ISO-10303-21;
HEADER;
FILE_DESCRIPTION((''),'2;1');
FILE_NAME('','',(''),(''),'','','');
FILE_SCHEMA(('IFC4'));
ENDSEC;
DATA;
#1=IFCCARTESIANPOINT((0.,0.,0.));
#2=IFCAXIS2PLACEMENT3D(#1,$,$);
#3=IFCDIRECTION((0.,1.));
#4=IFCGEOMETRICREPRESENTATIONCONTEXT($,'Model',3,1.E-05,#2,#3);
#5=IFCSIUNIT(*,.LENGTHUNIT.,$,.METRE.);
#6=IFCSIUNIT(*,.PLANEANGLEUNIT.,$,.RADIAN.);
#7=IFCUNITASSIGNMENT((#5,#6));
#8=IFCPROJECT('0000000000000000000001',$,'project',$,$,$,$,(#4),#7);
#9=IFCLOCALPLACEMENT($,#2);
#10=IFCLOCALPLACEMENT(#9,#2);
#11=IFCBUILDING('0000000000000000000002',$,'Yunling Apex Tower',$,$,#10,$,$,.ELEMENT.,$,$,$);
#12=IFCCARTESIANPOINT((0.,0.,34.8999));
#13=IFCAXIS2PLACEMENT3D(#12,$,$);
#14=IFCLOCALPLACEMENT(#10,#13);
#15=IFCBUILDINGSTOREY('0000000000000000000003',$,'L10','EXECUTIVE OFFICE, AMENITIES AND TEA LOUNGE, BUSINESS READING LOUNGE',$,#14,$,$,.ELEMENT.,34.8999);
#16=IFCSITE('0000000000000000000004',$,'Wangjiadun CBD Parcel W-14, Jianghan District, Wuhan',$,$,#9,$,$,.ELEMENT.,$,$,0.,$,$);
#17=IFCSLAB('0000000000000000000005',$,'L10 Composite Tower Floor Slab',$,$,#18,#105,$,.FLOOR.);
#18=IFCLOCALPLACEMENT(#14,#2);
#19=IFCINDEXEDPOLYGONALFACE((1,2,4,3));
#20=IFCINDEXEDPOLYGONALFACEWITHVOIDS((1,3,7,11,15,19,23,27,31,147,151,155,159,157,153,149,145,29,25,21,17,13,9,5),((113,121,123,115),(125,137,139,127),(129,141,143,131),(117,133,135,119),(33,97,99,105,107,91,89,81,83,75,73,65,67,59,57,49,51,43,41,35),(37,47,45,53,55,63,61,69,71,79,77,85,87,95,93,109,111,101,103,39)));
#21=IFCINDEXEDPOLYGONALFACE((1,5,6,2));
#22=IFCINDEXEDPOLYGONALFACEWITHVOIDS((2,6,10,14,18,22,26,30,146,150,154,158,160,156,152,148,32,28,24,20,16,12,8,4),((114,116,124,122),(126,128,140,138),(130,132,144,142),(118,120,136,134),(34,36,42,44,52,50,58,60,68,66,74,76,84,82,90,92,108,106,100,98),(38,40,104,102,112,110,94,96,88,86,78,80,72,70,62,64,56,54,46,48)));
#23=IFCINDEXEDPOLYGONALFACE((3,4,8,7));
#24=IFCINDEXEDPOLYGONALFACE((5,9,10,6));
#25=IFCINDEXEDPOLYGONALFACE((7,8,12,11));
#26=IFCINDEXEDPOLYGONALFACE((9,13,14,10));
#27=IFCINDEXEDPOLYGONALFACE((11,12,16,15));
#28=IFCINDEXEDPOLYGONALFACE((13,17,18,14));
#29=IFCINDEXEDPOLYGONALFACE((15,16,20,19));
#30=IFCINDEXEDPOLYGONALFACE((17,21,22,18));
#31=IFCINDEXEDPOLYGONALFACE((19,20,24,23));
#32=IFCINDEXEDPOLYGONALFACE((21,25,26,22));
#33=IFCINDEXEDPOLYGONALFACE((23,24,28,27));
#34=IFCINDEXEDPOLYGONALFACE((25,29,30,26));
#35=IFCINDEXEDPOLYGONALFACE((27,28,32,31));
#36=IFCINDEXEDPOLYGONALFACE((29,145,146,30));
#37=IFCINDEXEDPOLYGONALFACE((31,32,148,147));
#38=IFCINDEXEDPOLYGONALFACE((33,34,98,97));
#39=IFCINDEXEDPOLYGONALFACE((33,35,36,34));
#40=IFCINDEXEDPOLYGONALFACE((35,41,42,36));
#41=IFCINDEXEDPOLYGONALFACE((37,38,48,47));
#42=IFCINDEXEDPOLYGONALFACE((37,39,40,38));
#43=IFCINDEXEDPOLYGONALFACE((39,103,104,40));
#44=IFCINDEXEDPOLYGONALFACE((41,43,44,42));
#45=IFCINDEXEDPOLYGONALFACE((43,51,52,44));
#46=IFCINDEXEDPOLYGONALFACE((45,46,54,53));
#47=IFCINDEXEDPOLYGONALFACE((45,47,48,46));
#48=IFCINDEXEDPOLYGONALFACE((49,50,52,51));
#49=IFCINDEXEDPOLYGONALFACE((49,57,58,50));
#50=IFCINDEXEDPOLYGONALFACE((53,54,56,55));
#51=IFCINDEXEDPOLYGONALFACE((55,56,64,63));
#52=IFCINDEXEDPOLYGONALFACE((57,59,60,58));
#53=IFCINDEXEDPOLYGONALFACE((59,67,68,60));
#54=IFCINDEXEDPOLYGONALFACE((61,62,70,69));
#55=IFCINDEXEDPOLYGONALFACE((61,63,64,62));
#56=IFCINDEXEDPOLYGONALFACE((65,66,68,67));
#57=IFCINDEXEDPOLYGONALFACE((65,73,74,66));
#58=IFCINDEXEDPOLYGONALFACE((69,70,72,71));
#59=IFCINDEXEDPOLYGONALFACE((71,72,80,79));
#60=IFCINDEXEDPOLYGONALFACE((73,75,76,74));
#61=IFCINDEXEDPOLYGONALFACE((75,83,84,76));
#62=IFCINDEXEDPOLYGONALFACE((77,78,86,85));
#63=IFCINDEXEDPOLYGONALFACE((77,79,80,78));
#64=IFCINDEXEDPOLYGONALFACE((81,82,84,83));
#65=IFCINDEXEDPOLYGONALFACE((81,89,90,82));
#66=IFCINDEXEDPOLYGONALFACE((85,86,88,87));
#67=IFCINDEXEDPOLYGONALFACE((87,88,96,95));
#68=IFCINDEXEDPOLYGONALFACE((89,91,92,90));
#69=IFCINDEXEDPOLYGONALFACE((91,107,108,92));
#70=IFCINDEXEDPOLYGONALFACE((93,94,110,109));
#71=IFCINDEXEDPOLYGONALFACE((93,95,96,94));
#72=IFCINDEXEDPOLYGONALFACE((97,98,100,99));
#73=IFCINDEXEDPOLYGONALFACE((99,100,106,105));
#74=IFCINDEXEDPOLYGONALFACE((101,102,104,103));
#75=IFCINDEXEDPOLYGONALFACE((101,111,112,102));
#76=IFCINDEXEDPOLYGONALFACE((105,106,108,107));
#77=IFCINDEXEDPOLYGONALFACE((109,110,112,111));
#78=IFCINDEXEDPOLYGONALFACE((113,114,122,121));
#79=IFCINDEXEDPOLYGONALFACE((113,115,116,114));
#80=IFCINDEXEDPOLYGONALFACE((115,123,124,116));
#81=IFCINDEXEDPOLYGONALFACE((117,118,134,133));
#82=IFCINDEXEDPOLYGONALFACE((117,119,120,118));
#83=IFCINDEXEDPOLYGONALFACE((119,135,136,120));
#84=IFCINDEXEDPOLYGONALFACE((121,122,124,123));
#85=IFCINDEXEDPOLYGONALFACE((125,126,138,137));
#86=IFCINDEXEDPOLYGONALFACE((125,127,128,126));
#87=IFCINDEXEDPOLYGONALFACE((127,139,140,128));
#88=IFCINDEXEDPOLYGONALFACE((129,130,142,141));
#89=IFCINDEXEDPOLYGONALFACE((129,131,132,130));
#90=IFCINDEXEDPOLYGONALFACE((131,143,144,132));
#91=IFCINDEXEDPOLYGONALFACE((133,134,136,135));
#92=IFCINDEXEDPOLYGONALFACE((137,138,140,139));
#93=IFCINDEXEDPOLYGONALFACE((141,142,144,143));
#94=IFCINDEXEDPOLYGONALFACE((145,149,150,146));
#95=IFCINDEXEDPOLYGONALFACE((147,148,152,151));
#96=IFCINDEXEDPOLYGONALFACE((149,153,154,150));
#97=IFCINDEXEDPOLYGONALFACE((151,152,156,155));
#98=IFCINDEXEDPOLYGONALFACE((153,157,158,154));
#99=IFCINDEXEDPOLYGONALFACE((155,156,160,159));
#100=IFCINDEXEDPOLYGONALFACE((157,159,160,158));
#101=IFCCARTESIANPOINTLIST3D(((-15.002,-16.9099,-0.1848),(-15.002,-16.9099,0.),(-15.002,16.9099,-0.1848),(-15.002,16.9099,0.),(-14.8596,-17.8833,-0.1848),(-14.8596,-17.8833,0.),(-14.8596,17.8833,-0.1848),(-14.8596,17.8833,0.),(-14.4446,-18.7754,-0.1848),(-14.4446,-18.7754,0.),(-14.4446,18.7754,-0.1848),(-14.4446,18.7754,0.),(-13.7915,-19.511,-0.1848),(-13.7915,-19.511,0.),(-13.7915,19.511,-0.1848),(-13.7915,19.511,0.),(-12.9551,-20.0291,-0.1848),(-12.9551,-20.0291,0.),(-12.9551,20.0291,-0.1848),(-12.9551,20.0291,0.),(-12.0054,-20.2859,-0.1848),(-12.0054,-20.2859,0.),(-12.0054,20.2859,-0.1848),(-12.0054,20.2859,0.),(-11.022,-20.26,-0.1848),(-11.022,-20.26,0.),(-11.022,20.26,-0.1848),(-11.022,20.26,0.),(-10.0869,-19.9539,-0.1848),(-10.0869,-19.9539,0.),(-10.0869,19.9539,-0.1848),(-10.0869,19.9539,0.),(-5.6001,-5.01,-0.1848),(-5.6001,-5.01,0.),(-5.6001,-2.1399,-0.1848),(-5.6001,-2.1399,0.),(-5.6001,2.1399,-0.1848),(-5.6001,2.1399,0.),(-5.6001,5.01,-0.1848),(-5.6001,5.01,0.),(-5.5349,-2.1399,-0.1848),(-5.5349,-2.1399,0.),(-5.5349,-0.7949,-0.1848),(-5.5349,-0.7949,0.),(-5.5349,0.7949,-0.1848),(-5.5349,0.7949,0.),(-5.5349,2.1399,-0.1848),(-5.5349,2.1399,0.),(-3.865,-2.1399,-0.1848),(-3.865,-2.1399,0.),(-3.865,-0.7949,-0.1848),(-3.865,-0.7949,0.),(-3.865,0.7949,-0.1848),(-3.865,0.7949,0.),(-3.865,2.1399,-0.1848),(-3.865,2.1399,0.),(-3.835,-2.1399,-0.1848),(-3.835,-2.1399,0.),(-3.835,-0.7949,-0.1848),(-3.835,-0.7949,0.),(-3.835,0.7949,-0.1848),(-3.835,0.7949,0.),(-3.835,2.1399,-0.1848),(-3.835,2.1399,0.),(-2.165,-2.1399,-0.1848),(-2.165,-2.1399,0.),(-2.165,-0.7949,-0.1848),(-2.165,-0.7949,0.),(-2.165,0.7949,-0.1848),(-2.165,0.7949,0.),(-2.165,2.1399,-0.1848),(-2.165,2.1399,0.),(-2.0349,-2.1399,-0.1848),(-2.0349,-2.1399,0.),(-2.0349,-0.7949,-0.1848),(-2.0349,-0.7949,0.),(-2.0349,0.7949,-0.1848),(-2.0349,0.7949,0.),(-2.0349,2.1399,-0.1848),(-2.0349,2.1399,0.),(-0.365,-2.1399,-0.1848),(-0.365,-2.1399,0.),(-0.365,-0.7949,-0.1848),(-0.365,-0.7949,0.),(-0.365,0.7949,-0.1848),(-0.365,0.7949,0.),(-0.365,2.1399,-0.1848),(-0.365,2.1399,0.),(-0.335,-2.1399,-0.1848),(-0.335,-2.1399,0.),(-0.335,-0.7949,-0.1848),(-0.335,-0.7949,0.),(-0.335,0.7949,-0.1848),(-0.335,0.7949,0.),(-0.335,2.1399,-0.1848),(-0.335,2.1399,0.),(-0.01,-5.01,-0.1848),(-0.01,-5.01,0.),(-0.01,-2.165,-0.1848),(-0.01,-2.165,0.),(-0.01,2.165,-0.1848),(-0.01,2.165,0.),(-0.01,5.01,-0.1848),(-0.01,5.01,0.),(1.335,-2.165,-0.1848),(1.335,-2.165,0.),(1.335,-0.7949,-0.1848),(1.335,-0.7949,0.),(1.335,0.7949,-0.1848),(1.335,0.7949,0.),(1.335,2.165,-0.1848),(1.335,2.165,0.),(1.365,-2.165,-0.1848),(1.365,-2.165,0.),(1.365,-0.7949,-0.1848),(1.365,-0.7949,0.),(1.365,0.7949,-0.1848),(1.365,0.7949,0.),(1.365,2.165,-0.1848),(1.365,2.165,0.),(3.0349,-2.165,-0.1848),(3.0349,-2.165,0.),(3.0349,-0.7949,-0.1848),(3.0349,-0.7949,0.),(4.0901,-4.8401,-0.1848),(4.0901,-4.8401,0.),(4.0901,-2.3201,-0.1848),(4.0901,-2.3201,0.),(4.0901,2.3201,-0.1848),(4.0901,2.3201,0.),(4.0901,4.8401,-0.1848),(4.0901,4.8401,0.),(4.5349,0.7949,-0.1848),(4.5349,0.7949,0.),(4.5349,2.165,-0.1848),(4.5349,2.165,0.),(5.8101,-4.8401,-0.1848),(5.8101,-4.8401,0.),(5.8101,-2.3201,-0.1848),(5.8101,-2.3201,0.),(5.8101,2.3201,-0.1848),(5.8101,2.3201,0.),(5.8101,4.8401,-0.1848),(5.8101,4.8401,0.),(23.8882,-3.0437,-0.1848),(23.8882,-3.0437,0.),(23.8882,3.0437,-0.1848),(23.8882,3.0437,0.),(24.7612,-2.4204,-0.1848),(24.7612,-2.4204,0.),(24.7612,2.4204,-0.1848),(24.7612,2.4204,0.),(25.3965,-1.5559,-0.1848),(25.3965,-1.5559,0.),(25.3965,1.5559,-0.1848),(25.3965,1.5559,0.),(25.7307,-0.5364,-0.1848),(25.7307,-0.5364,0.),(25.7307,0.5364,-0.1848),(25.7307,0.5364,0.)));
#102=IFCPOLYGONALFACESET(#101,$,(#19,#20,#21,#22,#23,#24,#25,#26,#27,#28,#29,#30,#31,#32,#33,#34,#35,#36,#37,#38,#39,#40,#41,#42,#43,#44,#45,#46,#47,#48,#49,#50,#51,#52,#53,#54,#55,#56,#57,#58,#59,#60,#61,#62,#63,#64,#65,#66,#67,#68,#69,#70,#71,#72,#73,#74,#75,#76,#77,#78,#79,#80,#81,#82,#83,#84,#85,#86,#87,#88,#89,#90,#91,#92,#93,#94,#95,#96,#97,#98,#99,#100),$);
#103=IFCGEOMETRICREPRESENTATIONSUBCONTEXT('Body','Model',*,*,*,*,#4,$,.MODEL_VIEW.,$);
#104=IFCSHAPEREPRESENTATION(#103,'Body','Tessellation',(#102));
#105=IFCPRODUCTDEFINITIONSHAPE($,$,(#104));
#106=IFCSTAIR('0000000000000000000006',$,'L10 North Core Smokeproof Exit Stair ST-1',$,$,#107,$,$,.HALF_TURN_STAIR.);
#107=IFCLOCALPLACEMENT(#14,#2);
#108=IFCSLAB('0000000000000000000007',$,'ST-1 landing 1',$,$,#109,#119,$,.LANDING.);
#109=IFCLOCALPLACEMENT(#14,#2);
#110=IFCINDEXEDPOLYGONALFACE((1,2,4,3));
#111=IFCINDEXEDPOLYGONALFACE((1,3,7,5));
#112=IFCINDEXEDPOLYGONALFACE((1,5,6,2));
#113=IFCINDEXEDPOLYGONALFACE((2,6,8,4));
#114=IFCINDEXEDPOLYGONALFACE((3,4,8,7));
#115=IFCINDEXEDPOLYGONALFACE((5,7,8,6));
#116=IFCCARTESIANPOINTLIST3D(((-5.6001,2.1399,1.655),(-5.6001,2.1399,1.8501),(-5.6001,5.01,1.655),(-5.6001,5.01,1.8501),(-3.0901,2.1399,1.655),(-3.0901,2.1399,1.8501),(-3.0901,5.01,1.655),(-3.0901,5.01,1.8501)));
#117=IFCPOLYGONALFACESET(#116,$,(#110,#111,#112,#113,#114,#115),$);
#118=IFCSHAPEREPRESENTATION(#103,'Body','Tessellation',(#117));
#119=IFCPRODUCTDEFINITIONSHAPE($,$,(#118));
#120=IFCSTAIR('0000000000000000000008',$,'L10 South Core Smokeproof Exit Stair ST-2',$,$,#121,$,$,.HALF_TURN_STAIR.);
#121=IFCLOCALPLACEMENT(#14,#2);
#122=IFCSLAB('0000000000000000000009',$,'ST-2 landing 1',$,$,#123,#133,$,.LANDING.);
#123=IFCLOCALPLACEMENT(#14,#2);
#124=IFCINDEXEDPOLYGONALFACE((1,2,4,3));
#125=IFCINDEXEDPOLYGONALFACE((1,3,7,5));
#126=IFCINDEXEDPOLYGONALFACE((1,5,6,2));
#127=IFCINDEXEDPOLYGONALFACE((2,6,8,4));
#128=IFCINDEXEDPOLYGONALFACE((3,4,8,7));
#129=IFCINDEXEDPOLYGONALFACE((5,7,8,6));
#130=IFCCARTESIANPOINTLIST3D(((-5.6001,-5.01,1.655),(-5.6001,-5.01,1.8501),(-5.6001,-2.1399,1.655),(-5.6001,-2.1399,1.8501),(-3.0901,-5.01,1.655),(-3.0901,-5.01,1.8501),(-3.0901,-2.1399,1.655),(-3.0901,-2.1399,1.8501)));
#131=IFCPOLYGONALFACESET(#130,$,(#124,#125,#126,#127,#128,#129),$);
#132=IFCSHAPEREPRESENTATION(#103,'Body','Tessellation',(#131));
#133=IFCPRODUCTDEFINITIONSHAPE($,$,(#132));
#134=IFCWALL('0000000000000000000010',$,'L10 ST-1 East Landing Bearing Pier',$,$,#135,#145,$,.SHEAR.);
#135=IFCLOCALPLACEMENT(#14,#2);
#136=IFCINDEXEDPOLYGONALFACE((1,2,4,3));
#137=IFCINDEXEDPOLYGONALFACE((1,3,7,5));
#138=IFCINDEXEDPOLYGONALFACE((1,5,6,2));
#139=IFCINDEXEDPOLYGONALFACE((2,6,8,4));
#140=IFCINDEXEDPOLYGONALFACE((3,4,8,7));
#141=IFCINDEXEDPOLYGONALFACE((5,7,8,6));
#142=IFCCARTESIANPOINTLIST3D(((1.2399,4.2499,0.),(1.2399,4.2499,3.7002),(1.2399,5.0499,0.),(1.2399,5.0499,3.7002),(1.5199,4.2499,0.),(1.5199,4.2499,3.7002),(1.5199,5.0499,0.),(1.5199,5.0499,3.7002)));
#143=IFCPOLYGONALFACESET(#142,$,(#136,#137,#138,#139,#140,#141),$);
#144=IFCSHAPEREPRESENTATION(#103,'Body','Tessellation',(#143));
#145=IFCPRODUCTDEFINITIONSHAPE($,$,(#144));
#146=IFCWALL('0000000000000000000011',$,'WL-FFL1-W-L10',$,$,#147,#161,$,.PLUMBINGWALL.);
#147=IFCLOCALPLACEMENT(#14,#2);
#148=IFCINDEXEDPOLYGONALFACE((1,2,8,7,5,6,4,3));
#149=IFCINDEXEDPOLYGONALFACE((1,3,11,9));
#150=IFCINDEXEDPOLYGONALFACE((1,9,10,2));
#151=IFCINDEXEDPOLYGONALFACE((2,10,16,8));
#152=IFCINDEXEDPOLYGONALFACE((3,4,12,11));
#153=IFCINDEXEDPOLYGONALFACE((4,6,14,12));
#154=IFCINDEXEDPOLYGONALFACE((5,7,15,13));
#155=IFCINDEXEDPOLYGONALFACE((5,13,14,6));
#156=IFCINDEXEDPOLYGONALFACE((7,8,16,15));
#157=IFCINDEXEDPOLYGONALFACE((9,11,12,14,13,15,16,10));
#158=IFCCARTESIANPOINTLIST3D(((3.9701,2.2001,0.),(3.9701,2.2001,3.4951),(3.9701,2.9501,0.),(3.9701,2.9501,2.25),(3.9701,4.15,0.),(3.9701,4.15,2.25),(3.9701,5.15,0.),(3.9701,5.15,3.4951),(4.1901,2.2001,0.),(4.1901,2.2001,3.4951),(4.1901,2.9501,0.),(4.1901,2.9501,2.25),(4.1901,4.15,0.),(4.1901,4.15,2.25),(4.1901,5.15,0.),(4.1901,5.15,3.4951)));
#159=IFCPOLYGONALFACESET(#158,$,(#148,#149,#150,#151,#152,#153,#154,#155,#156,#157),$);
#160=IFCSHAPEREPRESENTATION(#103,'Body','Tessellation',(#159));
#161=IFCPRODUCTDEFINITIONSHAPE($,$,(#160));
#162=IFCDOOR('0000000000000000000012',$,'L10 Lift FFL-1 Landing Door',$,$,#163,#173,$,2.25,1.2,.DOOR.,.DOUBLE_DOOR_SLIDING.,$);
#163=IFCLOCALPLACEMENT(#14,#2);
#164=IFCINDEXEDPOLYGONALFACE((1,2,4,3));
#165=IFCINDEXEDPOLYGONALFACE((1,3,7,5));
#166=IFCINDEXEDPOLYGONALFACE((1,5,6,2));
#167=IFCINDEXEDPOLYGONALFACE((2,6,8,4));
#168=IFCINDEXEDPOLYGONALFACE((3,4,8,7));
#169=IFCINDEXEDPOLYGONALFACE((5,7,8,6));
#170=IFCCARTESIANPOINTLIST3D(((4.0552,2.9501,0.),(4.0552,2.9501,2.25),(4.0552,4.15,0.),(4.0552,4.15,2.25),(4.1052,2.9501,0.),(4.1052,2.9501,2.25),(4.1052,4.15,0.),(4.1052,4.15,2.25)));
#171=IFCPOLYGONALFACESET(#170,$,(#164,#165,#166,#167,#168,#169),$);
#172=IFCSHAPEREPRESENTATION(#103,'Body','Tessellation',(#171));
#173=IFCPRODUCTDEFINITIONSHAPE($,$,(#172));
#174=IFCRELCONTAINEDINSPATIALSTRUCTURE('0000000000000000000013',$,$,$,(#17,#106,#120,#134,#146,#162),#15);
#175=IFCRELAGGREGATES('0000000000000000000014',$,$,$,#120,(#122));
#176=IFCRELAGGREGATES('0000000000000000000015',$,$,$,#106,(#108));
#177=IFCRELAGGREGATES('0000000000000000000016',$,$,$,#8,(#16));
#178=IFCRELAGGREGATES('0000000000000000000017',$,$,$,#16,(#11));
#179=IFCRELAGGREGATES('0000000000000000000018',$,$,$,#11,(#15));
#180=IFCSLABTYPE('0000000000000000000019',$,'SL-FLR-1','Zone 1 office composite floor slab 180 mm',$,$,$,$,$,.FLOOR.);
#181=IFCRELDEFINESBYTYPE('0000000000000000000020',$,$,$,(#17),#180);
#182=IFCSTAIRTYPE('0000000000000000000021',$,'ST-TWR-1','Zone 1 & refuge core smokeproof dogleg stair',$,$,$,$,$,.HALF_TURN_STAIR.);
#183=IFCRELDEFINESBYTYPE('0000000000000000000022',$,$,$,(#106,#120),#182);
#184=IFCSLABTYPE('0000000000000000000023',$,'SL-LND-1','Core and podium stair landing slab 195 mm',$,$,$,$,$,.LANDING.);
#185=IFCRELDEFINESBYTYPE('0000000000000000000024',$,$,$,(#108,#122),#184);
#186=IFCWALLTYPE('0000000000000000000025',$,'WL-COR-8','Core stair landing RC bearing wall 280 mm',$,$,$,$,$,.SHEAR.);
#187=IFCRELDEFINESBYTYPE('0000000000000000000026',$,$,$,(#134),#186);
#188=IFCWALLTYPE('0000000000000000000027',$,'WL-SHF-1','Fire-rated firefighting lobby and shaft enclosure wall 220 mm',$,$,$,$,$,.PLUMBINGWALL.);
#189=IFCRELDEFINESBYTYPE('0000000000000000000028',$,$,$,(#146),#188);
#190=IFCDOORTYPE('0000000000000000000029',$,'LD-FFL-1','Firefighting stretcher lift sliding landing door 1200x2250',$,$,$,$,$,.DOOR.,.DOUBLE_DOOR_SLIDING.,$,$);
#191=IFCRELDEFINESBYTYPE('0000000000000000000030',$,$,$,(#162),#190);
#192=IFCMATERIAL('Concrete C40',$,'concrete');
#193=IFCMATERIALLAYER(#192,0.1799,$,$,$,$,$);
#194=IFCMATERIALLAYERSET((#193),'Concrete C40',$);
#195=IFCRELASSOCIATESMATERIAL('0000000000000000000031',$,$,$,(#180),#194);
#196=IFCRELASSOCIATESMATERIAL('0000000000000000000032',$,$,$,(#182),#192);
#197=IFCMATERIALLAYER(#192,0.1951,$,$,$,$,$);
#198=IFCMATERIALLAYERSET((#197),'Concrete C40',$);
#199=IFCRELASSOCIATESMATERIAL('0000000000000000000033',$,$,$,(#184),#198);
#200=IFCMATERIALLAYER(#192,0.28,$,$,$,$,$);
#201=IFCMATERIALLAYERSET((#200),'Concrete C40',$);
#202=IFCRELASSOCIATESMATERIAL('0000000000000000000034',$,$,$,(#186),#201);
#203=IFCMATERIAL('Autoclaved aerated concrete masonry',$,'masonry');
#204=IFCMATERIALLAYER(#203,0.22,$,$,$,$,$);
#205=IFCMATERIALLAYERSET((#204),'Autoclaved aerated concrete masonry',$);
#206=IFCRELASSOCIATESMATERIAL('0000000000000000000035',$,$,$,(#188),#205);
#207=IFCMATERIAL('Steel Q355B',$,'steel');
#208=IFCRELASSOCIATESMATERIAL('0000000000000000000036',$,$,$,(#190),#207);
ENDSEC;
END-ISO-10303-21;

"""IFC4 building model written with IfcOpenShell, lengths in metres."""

from ifc_helpers import new_model, si_unit, direction, frame, frame_2d, origin, place, context, subcontext, project, spatial, polyline, rectangle, outline, extrude, material, layer, layer_set, type_object, element, fill, aggregate, save


model = new_model("IFC4")

# Units and contexts
model_context = context("Model", 3, precision=1e-05, world=origin(), true_north=direction((0.0, 1.0)))
body_context = subcontext(model_context, "Body", "Model", "MODEL_VIEW")
ifc_project = project(units=[si_unit("LENGTHUNIT", "METRE"), si_unit("PLANEANGLEUNIT", "RADIAN")], contexts=[model_context])

# Site, building, storey
site_placement = place(None, origin())
site = spatial("IfcSite", under=ifc_project, at=site_placement, Name="Wangjiadun CBD Parcel W-14, Jianghan District, Wuhan", CompositionType="ELEMENT", RefElevation=0.0)
building_placement = place(site_placement, origin())
building = spatial("IfcBuilding", under=site, at=building_placement, Name="Yunling Apex Tower", CompositionType="ELEMENT")
storey_placement = place(building_placement, frame((0.0, 0.0, 34.8999)))
storey = spatial("IfcBuildingStorey", under=building, at=storey_placement, Name="L10", Description="EXECUTIVE OFFICE, AMENITIES AND TEA LOUNGE, BUSINESS READING LOUNGE", CompositionType="ELEMENT", Elevation=34.8999)

# Slab
ifc_material_1 = material(Name="Concrete C40", Category="concrete")
ifc_layer_1 = layer(ifc_material_1, 0.1799)
ifc_layer_set_1 = layer_set([ifc_layer_1], Name="Concrete C40")
slab_type_1 = type_object("IfcSlabType", Name="SL-FLR-1", Description="Zone 1 office composite floor slab 180 mm", PredefinedType="FLOOR", material=ifc_layer_set_1)
slab_1_placement = place(storey_placement, frame((0.0, 0.0, -0.1848)))
element("IfcSlab", 1, at=slab_1_placement, inside=storey, type_object=slab_type_1, Name="L10 Composite Tower Floor Slab", PredefinedType="FLOOR", context=body_context, shape_type="SweptSolid", body=[
    extrude(outline(polyline([(-15.002, -16.9099), (-14.8596, -17.8833), (-14.4446, -18.7754), (-13.7915, -19.511), (-12.9551, -20.0291), (-12.0054, -20.2859), (-11.022, -20.26), (-10.0869, -19.9539), (23.8882, -3.0437), (24.7612, -2.4204), (25.3965, -1.5559), (25.7307, -0.5364), (25.7307, 0.5364), (25.3965, 1.5559), (24.7612, 2.4204), (23.8882, 3.0437), (-10.0869, 19.9539), (-11.022, 20.26), (-12.0054, 20.2859), (-12.9551, 20.0291), (-13.7915, 19.511), (-14.4446, 18.7754), (-14.8596, 17.8833), (-15.002, 16.9099), (-15.002, -16.9099)]), holes=[polyline([(5.8101, -2.3201), (5.8101, -4.8401), (4.0901, -4.8401), (4.0901, -2.3201), (5.8101, -2.3201)]), polyline([(5.8101, 4.8401), (5.8101, 2.3201), (4.0901, 2.3201), (4.0901, 4.8401), (5.8101, 4.8401)]), polyline([(1.365, 2.165), (4.5349, 2.165), (4.5349, 0.7949), (1.365, 0.7949), (1.365, 2.165)]), polyline([(3.0349, -0.7949), (3.0349, -2.165), (1.365, -2.165), (1.365, -0.7949), (3.0349, -0.7949)]), polyline([(-5.5349, -0.7949), (-3.865, -0.7949), (-3.865, -2.1399), (-3.835, -2.1399), (-3.835, -0.7949), (-2.165, -0.7949), (-2.165, -2.1399), (-2.0349, -2.1399), (-2.0349, -0.7949), (-0.365, -0.7949), (-0.365, -2.1399), (-0.335, -2.1399), (-0.335, -0.7949), (1.335, -0.7949), (1.335, -2.165), (-0.01, -2.165), (-0.01, -5.01), (-5.6001, -5.01), (-5.6001, -2.1399), (-5.5349, -2.1399), (-5.5349, -0.7949)]), polyline([(-5.6001, 2.1399), (-5.6001, 5.01), (-0.01, 5.01), (-0.01, 2.165), (1.335, 2.165), (1.335, 0.7949), (-0.335, 0.7949), (-0.335, 2.1399), (-0.365, 2.1399), (-0.365, 0.7949), (-2.0349, 0.7949), (-2.0349, 2.1399), (-2.165, 2.1399), (-2.165, 0.7949), (-3.835, 0.7949), (-3.835, 2.1399), (-3.865, 2.1399), (-3.865, 0.7949), (-5.5349, 0.7949), (-5.5349, 2.1399), (-5.6001, 2.1399)])]), origin(), (0.0, 0.0, 1.0), 0.1848),
])

# Stairs, slabs
stair_type = type_object("IfcStairType", Name="ST-TWR-1", Description="Zone 1 & refuge core smokeproof dogleg stair", PredefinedType="HALF_TURN_STAIR", material=ifc_material_1)
stair_1_placement = place(storey_placement, origin())
stair_1 = element("IfcStair", 2, at=stair_1_placement, inside=storey, type_object=stair_type, Name="L10 North Core Smokeproof Exit Stair ST-1", PredefinedType="HALF_TURN_STAIR")
ifc_layer_2 = layer(ifc_material_1, 0.1951)
ifc_layer_set_2 = layer_set([ifc_layer_2], Name="Concrete C40")
slab_type_2 = type_object("IfcSlabType", Name="SL-LND-1", Description="Core and podium stair landing slab 195 mm", PredefinedType="LANDING", material=ifc_layer_set_2)
slab_2_placement = place(storey_placement, frame((0.0, 0.0, 1.655)))
slab_2 = element("IfcSlab", 3, at=slab_2_placement, type_object=slab_type_2, Name="ST-1 landing 1", PredefinedType="LANDING", context=body_context, shape_type="SweptSolid", body=[
    extrude(outline(polyline([(-3.0901, 5.01), (-5.6001, 5.01), (-5.6001, 2.1399), (-3.0901, 2.1399), (-3.0901, 5.01)])), origin(), (0.0, 0.0, 1.0), 0.1951),
])
stair_2_placement = place(storey_placement, origin())
stair_2 = element("IfcStair", 4, at=stair_2_placement, inside=storey, type_object=stair_type, Name="L10 South Core Smokeproof Exit Stair ST-2", PredefinedType="HALF_TURN_STAIR")
slab_3_placement = place(storey_placement, frame((0.0, 0.0, 1.655)))
slab_3 = element("IfcSlab", 5, at=slab_3_placement, type_object=slab_type_2, Name="ST-2 landing 1", PredefinedType="LANDING", context=body_context, shape_type="SweptSolid", body=[
    extrude(outline(polyline([(-3.0901, -2.1399), (-5.6001, -2.1399), (-5.6001, -5.01), (-3.0901, -5.01), (-3.0901, -2.1399)])), origin(), (0.0, 0.0, 1.0), 0.1951),
])
aggregate(stair_2, [slab_3])

# Wall
ifc_layer_3 = layer(ifc_material_1, 0.28)
ifc_layer_set_3 = layer_set([ifc_layer_3], Name="Concrete C40")
wall_type_1 = type_object("IfcWallType", Name="WL-COR-8", Description="Core stair landing RC bearing wall 280 mm", PredefinedType="SHEAR", material=ifc_layer_set_3)
wall_1_placement = place(storey_placement, frame((1.3799, 4.25, 0.0), z_axis=(0.0, 0.0, 1.0), x_axis=(0.0, 1.0, 0.0)))
element("IfcWall", 6, at=wall_1_placement, inside=storey, type_object=wall_type_1, Name="L10 ST-1 East Landing Bearing Pier", PredefinedType="SHEAR", context=body_context, shape_type="SweptSolid", body=[
    extrude(rectangle(XDim=0.8, YDim=0.28, at=frame_2d((0.3999, 0.0))), origin(), (0.0, 0.0, 1.0), 3.7002),
])

# Wall, opening, door
ifc_material_2 = material(Name="Autoclaved aerated concrete masonry", Category="masonry")
ifc_layer_4 = layer(ifc_material_2, 0.22)
ifc_layer_set_4 = layer_set([ifc_layer_4], Name="Autoclaved aerated concrete masonry")
wall_type_2 = type_object("IfcWallType", Name="WL-SHF-1", Description="Fire-rated firefighting lobby and shaft enclosure wall 220 mm", PredefinedType="PLUMBINGWALL", material=ifc_layer_set_4)
ifc_material_3 = material(Name="Steel Q355B", Category="steel")
wall_2_placement = place(storey_placement, frame((4.0801, 2.2, 0.0), z_axis=(0.0, 0.0, 1.0), x_axis=(0.0, 1.0, 0.0)))
wall_2 = element("IfcWall", 7, at=wall_2_placement, inside=storey, type_object=wall_type_2, Name="WL-FFL1-W-L10", PredefinedType="PLUMBINGWALL", context=body_context, shape_type="SweptSolid", body=[
    extrude(rectangle(XDim=2.95, YDim=0.22, at=frame_2d((1.4751, 0.0))), origin(), (0.0, 0.0, 1.0), 3.4951),
])
opening_1_placement = place(wall_2_placement, frame((0.75, 0.0, 0.0)))
opening_1 = element("IfcOpeningElement", 8, at=opening_1_placement, cuts=wall_2, PredefinedType="OPENING", context=body_context, shape_type="SweptSolid", body=[
    extrude(rectangle(XDim=1.2, YDim=2.25, at=frame_2d((0.6001, 1.125))), frame((0.0, 0.1201, 0.0), z_axis=(0.0, -1.0, 0.0), x_axis=(1.0, 0.0, 0.0)), (0.0, 0.0, 1.0), 0.24),
])
door_type_1 = type_object("IfcDoorType", Name="LD-FFL-1", Description="Firefighting stretcher lift sliding landing door 1200x2250", OperationType="DOUBLE_DOOR_SLIDING", PredefinedType="DOOR", material=ifc_material_3)
door_1_placement = place(opening_1_placement, origin())
door_1 = element("IfcDoor", 9, at=door_1_placement, inside=storey, type_object=door_type_1, Name="L10 Lift FFL-1 Landing Door", OperationType="DOUBLE_DOOR_SLIDING", OverallHeight=2.25, OverallWidth=1.2, PredefinedType="DOOR", context=body_context, shape_type="SweptSolid", body=[
    extrude(rectangle(XDim=1.2, YDim=2.25, at=frame_2d((0.6001, 1.125))), frame((0.0, 0.0249, 0.0), z_axis=(0.0, -1.0, 0.0), x_axis=(1.0, 0.0, 0.0)), (0.0, 0.0, 1.0), 0.05),
])
fill(opening_1, door_1)

aggregate(stair_1, [slab_2])

save(model, "model.ifc")
